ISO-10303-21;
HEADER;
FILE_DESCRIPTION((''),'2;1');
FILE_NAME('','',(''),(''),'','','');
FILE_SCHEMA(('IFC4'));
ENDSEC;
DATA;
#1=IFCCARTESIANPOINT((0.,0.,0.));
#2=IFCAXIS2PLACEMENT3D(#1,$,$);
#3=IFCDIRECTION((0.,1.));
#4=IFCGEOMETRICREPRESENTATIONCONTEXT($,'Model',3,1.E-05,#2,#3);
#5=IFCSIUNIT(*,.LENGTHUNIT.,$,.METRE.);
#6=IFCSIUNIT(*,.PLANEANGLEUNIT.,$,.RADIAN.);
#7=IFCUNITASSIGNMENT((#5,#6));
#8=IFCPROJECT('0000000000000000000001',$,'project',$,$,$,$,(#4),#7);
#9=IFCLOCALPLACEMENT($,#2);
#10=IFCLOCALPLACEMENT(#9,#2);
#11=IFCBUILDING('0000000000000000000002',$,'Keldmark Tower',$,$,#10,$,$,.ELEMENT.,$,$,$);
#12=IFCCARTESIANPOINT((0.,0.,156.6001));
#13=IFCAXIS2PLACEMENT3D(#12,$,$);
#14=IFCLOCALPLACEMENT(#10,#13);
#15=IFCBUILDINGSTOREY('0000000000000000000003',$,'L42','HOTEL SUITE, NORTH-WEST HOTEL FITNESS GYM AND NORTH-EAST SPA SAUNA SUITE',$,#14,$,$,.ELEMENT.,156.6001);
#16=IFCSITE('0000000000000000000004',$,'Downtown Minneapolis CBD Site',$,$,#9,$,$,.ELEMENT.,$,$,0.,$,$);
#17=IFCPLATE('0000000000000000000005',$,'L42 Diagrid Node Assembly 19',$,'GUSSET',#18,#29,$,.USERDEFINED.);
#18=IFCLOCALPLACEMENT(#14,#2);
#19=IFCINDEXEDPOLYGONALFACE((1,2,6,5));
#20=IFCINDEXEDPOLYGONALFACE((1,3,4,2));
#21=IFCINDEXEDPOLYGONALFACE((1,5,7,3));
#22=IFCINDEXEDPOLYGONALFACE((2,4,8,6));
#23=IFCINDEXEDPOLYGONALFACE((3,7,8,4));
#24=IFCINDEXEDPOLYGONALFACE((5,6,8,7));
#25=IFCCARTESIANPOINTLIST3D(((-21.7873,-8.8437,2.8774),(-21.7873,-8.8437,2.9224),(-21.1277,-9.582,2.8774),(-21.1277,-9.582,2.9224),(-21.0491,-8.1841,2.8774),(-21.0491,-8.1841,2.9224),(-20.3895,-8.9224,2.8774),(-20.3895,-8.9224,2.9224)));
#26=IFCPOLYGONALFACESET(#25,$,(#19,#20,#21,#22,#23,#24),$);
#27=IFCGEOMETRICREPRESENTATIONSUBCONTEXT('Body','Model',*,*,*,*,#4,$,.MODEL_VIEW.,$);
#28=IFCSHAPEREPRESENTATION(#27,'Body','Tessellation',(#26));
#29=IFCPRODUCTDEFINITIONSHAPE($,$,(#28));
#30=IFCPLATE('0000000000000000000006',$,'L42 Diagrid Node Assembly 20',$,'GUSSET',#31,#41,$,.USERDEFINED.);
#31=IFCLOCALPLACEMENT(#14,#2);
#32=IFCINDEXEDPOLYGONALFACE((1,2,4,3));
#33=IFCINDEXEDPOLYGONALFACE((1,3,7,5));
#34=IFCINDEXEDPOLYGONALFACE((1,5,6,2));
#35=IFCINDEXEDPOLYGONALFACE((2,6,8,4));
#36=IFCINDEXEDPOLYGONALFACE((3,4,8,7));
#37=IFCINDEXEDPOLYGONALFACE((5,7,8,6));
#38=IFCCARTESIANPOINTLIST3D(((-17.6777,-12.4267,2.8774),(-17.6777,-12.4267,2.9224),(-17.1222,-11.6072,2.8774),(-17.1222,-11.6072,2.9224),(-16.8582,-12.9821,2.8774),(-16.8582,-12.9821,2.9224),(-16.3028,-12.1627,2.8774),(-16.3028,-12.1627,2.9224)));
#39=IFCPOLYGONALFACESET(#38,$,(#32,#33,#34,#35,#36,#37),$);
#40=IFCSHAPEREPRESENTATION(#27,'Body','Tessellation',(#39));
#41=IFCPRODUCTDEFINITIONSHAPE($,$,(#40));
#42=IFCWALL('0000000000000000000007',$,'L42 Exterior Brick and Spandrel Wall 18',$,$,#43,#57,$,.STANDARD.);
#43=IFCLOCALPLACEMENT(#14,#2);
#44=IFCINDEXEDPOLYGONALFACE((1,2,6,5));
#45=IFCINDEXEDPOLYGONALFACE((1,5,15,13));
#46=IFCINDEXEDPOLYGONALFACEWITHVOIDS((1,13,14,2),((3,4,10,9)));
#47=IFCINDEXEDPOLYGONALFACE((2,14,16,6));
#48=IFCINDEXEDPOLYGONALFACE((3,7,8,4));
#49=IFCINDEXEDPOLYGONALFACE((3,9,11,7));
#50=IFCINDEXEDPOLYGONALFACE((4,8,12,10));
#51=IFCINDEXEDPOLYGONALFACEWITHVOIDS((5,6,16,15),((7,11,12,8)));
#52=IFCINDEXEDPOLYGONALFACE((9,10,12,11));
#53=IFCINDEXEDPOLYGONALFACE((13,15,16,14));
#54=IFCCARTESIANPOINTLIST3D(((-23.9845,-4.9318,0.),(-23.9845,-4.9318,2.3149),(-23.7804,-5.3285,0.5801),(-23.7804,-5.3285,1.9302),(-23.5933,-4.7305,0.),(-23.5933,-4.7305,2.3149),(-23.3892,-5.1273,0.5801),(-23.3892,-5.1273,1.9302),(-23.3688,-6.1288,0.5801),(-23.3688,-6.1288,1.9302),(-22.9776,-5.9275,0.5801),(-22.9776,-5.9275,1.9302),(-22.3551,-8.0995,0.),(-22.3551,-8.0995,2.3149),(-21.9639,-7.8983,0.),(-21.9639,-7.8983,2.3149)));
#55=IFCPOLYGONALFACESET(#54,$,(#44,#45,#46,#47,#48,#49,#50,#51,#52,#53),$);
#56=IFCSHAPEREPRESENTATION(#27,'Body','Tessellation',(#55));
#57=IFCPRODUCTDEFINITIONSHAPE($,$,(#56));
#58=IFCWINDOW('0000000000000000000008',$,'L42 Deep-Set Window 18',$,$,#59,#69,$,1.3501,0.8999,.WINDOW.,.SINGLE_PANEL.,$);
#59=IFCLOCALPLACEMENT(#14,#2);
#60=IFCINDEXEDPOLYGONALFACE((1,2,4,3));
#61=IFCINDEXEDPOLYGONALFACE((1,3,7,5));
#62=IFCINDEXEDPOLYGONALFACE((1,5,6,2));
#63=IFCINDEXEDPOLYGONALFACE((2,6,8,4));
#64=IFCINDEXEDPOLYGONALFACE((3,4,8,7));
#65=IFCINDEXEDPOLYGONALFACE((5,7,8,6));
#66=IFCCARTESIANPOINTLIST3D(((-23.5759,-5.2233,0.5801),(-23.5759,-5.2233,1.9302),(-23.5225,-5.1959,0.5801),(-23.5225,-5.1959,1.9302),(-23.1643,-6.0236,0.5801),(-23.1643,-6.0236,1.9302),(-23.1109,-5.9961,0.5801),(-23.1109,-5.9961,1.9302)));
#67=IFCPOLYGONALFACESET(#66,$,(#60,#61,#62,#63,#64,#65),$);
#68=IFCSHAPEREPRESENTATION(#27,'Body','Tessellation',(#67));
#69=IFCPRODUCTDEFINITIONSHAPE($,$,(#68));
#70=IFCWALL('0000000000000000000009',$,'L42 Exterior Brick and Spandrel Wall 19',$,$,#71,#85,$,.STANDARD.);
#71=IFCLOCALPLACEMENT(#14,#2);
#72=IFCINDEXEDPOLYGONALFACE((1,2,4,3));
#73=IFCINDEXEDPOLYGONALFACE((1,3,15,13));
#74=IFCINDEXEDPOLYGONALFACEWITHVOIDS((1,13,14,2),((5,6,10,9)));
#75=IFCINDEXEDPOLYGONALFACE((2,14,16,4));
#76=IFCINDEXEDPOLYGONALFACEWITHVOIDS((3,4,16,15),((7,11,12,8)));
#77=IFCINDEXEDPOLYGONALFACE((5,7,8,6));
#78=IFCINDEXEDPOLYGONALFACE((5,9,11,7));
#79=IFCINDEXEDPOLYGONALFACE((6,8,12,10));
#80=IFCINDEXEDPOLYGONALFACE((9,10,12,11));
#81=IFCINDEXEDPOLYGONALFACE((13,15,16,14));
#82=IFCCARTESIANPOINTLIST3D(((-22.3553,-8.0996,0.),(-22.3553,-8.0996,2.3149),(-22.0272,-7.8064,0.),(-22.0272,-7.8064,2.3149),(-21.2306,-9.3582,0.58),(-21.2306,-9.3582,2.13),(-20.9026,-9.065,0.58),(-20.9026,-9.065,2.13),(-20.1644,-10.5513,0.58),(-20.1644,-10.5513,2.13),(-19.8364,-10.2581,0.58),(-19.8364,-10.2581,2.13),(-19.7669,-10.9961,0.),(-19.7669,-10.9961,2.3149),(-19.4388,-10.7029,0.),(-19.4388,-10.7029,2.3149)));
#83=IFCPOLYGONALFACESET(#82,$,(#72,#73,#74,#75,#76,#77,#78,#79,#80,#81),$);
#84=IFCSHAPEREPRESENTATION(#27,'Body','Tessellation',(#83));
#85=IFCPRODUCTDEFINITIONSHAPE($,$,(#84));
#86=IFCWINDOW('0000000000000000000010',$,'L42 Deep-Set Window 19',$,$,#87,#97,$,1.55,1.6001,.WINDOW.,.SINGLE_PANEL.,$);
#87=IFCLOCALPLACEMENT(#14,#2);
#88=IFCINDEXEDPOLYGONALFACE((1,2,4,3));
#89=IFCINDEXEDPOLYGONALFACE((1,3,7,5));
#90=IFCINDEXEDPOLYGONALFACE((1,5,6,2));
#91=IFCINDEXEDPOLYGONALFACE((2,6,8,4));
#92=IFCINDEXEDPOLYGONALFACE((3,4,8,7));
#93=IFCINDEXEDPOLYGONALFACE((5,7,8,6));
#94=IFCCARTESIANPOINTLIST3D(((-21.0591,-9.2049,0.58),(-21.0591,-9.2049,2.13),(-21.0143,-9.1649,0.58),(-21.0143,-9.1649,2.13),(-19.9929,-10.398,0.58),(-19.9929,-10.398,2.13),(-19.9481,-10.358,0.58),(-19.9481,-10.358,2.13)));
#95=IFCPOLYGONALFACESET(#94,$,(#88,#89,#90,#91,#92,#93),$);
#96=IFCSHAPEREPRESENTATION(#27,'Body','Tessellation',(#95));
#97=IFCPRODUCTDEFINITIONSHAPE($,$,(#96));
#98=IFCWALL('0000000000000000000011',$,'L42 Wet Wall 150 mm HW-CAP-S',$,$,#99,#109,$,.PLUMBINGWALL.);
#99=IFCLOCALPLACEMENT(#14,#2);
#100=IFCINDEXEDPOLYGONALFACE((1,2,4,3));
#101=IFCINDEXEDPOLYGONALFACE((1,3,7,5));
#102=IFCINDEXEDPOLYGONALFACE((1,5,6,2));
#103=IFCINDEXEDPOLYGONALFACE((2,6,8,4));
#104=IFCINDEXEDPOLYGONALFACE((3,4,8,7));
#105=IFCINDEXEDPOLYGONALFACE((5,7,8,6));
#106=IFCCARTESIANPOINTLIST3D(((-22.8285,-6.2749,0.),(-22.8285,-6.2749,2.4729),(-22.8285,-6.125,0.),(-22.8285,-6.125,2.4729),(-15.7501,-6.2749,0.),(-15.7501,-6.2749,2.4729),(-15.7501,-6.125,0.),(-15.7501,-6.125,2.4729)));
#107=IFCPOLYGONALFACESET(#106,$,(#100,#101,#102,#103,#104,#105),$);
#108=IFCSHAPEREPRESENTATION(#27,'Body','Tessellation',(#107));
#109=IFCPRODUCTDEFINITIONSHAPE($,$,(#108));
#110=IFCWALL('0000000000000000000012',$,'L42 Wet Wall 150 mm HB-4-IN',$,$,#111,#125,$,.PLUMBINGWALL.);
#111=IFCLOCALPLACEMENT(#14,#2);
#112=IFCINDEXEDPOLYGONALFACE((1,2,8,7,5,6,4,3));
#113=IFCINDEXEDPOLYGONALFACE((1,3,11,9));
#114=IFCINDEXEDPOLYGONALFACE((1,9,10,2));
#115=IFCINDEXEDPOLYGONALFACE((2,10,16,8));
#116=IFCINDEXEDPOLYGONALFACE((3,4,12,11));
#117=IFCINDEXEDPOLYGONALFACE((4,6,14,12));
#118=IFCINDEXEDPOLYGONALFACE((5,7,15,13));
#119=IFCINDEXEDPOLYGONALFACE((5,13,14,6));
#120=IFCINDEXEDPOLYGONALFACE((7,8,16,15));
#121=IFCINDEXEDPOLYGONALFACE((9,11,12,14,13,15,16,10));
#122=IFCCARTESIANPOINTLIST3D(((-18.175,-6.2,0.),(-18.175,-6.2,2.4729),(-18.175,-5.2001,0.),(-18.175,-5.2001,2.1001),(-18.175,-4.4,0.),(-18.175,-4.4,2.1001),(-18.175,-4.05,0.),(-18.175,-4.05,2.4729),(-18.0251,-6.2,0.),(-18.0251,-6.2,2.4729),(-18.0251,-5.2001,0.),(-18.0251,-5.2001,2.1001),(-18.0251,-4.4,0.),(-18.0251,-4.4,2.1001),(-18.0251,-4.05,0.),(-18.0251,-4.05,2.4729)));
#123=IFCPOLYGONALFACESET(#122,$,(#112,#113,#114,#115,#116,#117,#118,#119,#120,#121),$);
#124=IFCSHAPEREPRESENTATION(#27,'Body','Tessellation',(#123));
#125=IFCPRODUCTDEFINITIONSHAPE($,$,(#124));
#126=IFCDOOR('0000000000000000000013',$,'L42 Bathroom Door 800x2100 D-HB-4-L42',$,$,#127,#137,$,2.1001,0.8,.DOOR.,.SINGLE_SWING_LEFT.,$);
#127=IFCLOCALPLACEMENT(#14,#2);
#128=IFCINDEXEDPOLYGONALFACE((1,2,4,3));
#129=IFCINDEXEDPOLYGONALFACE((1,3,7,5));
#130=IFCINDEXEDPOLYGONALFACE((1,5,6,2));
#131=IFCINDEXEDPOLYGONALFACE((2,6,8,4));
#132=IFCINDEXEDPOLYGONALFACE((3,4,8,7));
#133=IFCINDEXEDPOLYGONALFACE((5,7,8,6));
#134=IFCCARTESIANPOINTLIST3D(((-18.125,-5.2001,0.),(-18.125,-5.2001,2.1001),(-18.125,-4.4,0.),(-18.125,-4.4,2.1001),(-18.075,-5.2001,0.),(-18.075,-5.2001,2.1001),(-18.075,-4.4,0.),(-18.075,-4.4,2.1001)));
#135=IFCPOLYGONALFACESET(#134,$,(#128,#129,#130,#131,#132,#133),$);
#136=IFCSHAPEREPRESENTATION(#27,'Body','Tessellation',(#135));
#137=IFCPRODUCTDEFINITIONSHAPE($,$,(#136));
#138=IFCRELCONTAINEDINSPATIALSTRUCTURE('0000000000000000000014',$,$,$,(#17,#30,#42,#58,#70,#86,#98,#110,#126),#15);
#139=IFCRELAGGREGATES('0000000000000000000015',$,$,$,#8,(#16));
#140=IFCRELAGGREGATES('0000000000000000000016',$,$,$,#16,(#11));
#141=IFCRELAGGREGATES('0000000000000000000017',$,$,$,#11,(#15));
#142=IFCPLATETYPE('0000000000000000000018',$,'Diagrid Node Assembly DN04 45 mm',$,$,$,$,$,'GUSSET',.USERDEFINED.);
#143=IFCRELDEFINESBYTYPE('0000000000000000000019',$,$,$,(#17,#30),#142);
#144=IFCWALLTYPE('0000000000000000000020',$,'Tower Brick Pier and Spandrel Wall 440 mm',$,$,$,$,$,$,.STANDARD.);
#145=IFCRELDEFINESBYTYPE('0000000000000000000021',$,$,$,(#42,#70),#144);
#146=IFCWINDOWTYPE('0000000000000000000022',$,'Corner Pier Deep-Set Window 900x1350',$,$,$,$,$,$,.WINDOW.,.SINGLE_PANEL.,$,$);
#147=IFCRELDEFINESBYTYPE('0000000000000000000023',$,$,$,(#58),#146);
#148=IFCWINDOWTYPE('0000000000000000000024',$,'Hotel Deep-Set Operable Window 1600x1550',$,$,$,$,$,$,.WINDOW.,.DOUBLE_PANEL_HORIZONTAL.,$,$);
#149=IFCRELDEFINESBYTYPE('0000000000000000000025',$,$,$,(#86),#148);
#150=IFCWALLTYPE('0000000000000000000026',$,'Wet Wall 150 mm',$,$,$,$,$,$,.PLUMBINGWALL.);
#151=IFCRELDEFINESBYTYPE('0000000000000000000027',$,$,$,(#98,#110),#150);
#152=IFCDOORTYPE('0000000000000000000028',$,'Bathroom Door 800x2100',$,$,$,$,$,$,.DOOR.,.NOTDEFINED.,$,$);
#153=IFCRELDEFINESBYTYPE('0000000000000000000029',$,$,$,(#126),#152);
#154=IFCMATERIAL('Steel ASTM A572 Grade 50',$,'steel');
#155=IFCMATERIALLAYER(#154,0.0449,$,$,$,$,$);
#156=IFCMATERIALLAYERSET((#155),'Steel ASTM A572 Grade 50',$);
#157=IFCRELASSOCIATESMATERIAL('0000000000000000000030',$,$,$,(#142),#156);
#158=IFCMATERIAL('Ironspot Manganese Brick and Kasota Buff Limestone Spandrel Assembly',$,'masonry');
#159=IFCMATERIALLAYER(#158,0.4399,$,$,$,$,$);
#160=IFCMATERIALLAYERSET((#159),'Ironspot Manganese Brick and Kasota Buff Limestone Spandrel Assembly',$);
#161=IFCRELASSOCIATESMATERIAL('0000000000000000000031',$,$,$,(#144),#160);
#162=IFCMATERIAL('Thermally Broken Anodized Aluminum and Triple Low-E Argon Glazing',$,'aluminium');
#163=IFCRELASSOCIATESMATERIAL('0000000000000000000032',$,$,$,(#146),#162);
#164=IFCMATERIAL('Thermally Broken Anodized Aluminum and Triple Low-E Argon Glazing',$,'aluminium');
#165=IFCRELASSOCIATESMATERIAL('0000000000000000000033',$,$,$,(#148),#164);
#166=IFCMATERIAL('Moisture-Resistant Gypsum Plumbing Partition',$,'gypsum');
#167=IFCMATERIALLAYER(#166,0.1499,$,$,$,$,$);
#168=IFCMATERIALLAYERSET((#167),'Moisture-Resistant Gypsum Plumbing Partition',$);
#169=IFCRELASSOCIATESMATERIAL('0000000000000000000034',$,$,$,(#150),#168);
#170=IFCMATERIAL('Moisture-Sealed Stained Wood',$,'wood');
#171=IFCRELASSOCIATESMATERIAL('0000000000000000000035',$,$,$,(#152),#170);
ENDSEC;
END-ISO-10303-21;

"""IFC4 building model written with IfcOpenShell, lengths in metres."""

from ifc_helpers import new_model, si_unit, direction, frame, frame_2d, origin, origin_2d, place, context, subcontext, project, spatial, rectangle, extrude, material, layer, layer_set, type_object, element, fill, save


model = new_model("IFC4")

# Units and contexts
model_context = context("Model", 3, precision=1e-05, world=origin(), true_north=direction((0.0, 1.0)))
body_context = subcontext(model_context, "Body", "Model", "MODEL_VIEW")
ifc_project = project(units=[si_unit("LENGTHUNIT", "METRE"), si_unit("PLANEANGLEUNIT", "RADIAN")], contexts=[model_context])

# Site, building, storey
site_placement = place(None, origin())
site = spatial("IfcSite", under=ifc_project, at=site_placement, Name="Downtown Minneapolis CBD Site", CompositionType="ELEMENT", RefElevation=0.0)
building_placement = place(site_placement, origin())
building = spatial("IfcBuilding", under=site, at=building_placement, Name="Keldmark Tower", CompositionType="ELEMENT")
storey_placement = place(building_placement, frame((0.0, 0.0, 156.6001)))
storey = spatial("IfcBuildingStorey", under=building, at=storey_placement, Name="L42", Description="HOTEL SUITE, NORTH-WEST HOTEL FITNESS GYM AND NORTH-EAST SPA SAUNA SUITE", CompositionType="ELEMENT", Elevation=156.6001)

# Plates
ifc_material_1 = material(Name="Steel ASTM A572 Grade 50", Category="steel")
ifc_layer_1 = layer(ifc_material_1, 0.0449)
ifc_layer_set_1 = layer_set([ifc_layer_1], Name="Steel ASTM A572 Grade 50")
plate_type = type_object("IfcPlateType", Name="Diagrid Node Assembly DN04 45 mm", ElementType="GUSSET", PredefinedType="USERDEFINED", material=ifc_layer_set_1)
for number, where, z_axis, x_axis, name in (
    (1, (-21.0884, -8.8831, 2.8774), (0.0, 0.0, 1.0), (0.666272, -0.745709, 0.0), "L42 Diagrid Node Assembly 19"),
    (2, (-16.9902, -12.2947, 2.8774), (0.0, 0.0, 1.0), (0.827767, -0.561072, 0.0), "L42 Diagrid Node Assembly 20"),
):
    element("IfcPlate", number, at=place(storey_placement, frame(where, z_axis=z_axis, x_axis=x_axis)), inside=storey, type_object=plate_type, Name=name, ObjectType="GUSSET", PredefinedType="USERDEFINED", context=body_context, shape_type="SweptSolid", body=[
        extrude(rectangle(XDim=0.99, YDim=0.99, at=origin_2d()), origin(), (0.0, 0.0, 1.0), 0.0449),
    ])

# Walls, openings, windows
ifc_material_2 = material(Name="Ironspot Manganese Brick and Kasota Buff Limestone Spandrel Assembly", Category="masonry")
ifc_layer_2 = layer(ifc_material_2, 0.4399)
ifc_layer_set_2 = layer_set([ifc_layer_2], Name="Ironspot Manganese Brick and Kasota Buff Limestone Spandrel Assembly")
wall_type_1 = type_object("IfcWallType", Name="Tower Brick Pier and Spandrel Wall 440 mm", PredefinedType="STANDARD", material=ifc_layer_set_2)
wall_1_placement = place(storey_placement, frame((-22.1594, -7.999, 0.0), z_axis=(0.0, 0.0, 1.0), x_axis=(-0.45741, 0.889256, 0.0)))
wall_1 = element("IfcWall", 3, at=wall_1_placement, inside=storey, type_object=wall_type_1, Name="L42 Exterior Brick and Spandrel Wall 18", PredefinedType="STANDARD", context=body_context, shape_type="SweptSolid", body=[
    extrude(rectangle(XDim=3.5623, YDim=0.4399, at=frame_2d((1.7812, 0.0))), origin(), (0.0, 0.0, 1.0), 2.3149),
])
opening_1_placement = place(wall_1_placement, frame((2.2163, 0.0, 0.5801)))
opening_1 = element("IfcOpeningElement", 4, at=opening_1_placement, cuts=wall_1, PredefinedType="OPENING", context=body_context, shape_type="SweptSolid", body=[
    extrude(rectangle(XDim=0.8999, YDim=1.3501, at=frame_2d((0.45, 0.675))), frame((0.0, 0.23, 0.0), z_axis=(0.0, -1.0, 0.0), x_axis=(1.0, 0.0, 0.0)), (0.0, 0.0, 1.0), 0.46),
])
ifc_material_3 = material(Name="Thermally Broken Anodized Aluminum and Triple Low-E Argon Glazing", Category="aluminium")
window_type_1 = type_object("IfcWindowType", Name="Corner Pier Deep-Set Window 900x1350", PartitioningType="SINGLE_PANEL", PredefinedType="WINDOW", material=ifc_material_3)
window_1_placement = place(opening_1_placement, origin())
window_1 = element("IfcWindow", 5, at=window_1_placement, inside=storey, type_object=window_type_1, Name="L42 Deep-Set Window 18", OverallHeight=1.3501, OverallWidth=0.8999, PartitioningType="SINGLE_PANEL", PredefinedType="WINDOW", context=body_context, shape_type="SweptSolid", body=[
    extrude(rectangle(XDim=0.8999, YDim=1.3501, at=frame_2d((0.45, 0.675))), frame((0.0, -0.01, 0.0), z_axis=(0.0, -1.0, 0.0), x_axis=(1.0, 0.0, 0.0)), (0.0, 0.0, 1.0), 0.0601),
])
fill(opening_1, window_1)
wall_2_placement = place(storey_placement, frame((-19.6028, -10.8496, 0.0), z_axis=(0.0, 0.0, 1.0), x_axis=(-0.666335, 0.745652, 0.0)))
wall_2 = element("IfcWall", 6, at=wall_2_placement, inside=storey, type_object=wall_type_1, Name="L42 Exterior Brick and Spandrel Wall 19", PredefinedType="STANDARD", context=body_context, shape_type="SweptSolid", body=[
    extrude(rectangle(XDim=3.8845, YDim=0.4399, at=frame_2d((1.9424, 0.0))), origin(), (0.0, 0.0, 1.0), 2.3149),
])
opening_2_placement = place(wall_2_placement, frame((0.5967, 0.0, 0.5801)))
opening_2 = element("IfcOpeningElement", 7, at=opening_2_placement, cuts=wall_2, PredefinedType="OPENING", context=body_context, shape_type="SweptSolid", body=[
    extrude(rectangle(XDim=1.6001, YDim=1.55, at=frame_2d((0.8, 0.7749))), frame((0.0, 0.23, 0.0), z_axis=(0.0, -1.0, 0.0), x_axis=(1.0, 0.0, 0.0)), (0.0, 0.0, 1.0), 0.46),
])
ifc_material_4 = material(Name="Thermally Broken Anodized Aluminum and Triple Low-E Argon Glazing", Category="aluminium")
window_type_2 = type_object("IfcWindowType", Name="Hotel Deep-Set Operable Window 1600x1550", PartitioningType="DOUBLE_PANEL_HORIZONTAL", PredefinedType="WINDOW", material=ifc_material_4)
window_2_placement = place(opening_2_placement, origin())
window_2 = element("IfcWindow", 8, at=window_2_placement, inside=storey, type_object=window_type_2, Name="L42 Deep-Set Window 19", OverallHeight=1.55, OverallWidth=1.6001, PartitioningType="SINGLE_PANEL", PredefinedType="WINDOW", context=body_context, shape_type="SweptSolid", body=[
    extrude(rectangle(XDim=1.6001, YDim=1.55, at=frame_2d((0.8, 0.7749))), frame((0.0, -0.01, 0.0), z_axis=(0.0, -1.0, 0.0), x_axis=(1.0, 0.0, 0.0)), (0.0, 0.0, 1.0), 0.0601),
])
fill(opening_2, window_2)

# Wall
ifc_material_5 = material(Name="Moisture-Resistant Gypsum Plumbing Partition", Category="gypsum")
ifc_layer_3 = layer(ifc_material_5, 0.1499)
ifc_layer_set_3 = layer_set([ifc_layer_3], Name="Moisture-Resistant Gypsum Plumbing Partition")
wall_type_2 = type_object("IfcWallType", Name="Wet Wall 150 mm", PredefinedType="PLUMBINGWALL", material=ifc_layer_set_3)
wall_3_placement = place(storey_placement, frame((-22.8284, -6.2, 0.0), z_axis=(0.0, 0.0, 1.0), x_axis=(1.0, 0.0, 0.0)))
element("IfcWall", 9, at=wall_3_placement, inside=storey, type_object=wall_type_2, Name="L42 Wet Wall 150 mm HW-CAP-S", PredefinedType="PLUMBINGWALL", context=body_context, shape_type="SweptSolid", body=[
    extrude(rectangle(XDim=7.0784, YDim=0.1499, at=frame_2d((3.5391, 0.0))), origin(), (0.0, 0.0, 1.0), 2.4729),
])

# Wall, opening, door
wall_4_placement = place(storey_placement, frame((-18.1001, -6.2, 0.0), z_axis=(0.0, 0.0, 1.0), x_axis=(0.0, 1.0, 0.0)))
wall_4 = element("IfcWall", 10, at=wall_4_placement, inside=storey, type_object=wall_type_2, Name="L42 Wet Wall 150 mm HB-4-IN", PredefinedType="PLUMBINGWALL", context=body_context, shape_type="SweptSolid", body=[
    extrude(rectangle(XDim=2.1499, YDim=0.1499, at=frame_2d((1.075, 0.0))), origin(), (0.0, 0.0, 1.0), 2.4729),
])
opening_3_placement = place(wall_4_placement, frame((1.0, 0.0, 0.0)))
opening_3 = element("IfcOpeningElement", 11, at=opening_3_placement, cuts=wall_4, PredefinedType="OPENING", context=body_context, shape_type="SweptSolid", body=[
    extrude(rectangle(XDim=0.8, YDim=2.1001, at=frame_2d((0.3999, 1.05))), frame((0.0, 0.085, 0.0), z_axis=(0.0, -1.0, 0.0), x_axis=(1.0, 0.0, 0.0)), (0.0, 0.0, 1.0), 0.1699),
])
ifc_material_6 = material(Name="Moisture-Sealed Stained Wood", Category="wood")
door_type = type_object("IfcDoorType", Name="Bathroom Door 800x2100", OperationType="NOTDEFINED", PredefinedType="DOOR", material=ifc_material_6)
door_placement = place(opening_3_placement, origin())
door = element("IfcDoor", 12, at=door_placement, inside=storey, type_object=door_type, Name="L42 Bathroom Door 800x2100 D-HB-4-L42", OperationType="SINGLE_SWING_LEFT", OverallHeight=2.1001, OverallWidth=0.8, PredefinedType="DOOR", context=body_context, shape_type="SweptSolid", body=[
    extrude(rectangle(XDim=0.8, YDim=2.1001, at=frame_2d((0.3999, 1.05))), frame((0.0, 0.0249, 0.0), z_axis=(0.0, -1.0, 0.0), x_axis=(1.0, 0.0, 0.0)), (0.0, 0.0, 1.0), 0.05),
])
fill(opening_3, door)

save(model, "model.ifc")
